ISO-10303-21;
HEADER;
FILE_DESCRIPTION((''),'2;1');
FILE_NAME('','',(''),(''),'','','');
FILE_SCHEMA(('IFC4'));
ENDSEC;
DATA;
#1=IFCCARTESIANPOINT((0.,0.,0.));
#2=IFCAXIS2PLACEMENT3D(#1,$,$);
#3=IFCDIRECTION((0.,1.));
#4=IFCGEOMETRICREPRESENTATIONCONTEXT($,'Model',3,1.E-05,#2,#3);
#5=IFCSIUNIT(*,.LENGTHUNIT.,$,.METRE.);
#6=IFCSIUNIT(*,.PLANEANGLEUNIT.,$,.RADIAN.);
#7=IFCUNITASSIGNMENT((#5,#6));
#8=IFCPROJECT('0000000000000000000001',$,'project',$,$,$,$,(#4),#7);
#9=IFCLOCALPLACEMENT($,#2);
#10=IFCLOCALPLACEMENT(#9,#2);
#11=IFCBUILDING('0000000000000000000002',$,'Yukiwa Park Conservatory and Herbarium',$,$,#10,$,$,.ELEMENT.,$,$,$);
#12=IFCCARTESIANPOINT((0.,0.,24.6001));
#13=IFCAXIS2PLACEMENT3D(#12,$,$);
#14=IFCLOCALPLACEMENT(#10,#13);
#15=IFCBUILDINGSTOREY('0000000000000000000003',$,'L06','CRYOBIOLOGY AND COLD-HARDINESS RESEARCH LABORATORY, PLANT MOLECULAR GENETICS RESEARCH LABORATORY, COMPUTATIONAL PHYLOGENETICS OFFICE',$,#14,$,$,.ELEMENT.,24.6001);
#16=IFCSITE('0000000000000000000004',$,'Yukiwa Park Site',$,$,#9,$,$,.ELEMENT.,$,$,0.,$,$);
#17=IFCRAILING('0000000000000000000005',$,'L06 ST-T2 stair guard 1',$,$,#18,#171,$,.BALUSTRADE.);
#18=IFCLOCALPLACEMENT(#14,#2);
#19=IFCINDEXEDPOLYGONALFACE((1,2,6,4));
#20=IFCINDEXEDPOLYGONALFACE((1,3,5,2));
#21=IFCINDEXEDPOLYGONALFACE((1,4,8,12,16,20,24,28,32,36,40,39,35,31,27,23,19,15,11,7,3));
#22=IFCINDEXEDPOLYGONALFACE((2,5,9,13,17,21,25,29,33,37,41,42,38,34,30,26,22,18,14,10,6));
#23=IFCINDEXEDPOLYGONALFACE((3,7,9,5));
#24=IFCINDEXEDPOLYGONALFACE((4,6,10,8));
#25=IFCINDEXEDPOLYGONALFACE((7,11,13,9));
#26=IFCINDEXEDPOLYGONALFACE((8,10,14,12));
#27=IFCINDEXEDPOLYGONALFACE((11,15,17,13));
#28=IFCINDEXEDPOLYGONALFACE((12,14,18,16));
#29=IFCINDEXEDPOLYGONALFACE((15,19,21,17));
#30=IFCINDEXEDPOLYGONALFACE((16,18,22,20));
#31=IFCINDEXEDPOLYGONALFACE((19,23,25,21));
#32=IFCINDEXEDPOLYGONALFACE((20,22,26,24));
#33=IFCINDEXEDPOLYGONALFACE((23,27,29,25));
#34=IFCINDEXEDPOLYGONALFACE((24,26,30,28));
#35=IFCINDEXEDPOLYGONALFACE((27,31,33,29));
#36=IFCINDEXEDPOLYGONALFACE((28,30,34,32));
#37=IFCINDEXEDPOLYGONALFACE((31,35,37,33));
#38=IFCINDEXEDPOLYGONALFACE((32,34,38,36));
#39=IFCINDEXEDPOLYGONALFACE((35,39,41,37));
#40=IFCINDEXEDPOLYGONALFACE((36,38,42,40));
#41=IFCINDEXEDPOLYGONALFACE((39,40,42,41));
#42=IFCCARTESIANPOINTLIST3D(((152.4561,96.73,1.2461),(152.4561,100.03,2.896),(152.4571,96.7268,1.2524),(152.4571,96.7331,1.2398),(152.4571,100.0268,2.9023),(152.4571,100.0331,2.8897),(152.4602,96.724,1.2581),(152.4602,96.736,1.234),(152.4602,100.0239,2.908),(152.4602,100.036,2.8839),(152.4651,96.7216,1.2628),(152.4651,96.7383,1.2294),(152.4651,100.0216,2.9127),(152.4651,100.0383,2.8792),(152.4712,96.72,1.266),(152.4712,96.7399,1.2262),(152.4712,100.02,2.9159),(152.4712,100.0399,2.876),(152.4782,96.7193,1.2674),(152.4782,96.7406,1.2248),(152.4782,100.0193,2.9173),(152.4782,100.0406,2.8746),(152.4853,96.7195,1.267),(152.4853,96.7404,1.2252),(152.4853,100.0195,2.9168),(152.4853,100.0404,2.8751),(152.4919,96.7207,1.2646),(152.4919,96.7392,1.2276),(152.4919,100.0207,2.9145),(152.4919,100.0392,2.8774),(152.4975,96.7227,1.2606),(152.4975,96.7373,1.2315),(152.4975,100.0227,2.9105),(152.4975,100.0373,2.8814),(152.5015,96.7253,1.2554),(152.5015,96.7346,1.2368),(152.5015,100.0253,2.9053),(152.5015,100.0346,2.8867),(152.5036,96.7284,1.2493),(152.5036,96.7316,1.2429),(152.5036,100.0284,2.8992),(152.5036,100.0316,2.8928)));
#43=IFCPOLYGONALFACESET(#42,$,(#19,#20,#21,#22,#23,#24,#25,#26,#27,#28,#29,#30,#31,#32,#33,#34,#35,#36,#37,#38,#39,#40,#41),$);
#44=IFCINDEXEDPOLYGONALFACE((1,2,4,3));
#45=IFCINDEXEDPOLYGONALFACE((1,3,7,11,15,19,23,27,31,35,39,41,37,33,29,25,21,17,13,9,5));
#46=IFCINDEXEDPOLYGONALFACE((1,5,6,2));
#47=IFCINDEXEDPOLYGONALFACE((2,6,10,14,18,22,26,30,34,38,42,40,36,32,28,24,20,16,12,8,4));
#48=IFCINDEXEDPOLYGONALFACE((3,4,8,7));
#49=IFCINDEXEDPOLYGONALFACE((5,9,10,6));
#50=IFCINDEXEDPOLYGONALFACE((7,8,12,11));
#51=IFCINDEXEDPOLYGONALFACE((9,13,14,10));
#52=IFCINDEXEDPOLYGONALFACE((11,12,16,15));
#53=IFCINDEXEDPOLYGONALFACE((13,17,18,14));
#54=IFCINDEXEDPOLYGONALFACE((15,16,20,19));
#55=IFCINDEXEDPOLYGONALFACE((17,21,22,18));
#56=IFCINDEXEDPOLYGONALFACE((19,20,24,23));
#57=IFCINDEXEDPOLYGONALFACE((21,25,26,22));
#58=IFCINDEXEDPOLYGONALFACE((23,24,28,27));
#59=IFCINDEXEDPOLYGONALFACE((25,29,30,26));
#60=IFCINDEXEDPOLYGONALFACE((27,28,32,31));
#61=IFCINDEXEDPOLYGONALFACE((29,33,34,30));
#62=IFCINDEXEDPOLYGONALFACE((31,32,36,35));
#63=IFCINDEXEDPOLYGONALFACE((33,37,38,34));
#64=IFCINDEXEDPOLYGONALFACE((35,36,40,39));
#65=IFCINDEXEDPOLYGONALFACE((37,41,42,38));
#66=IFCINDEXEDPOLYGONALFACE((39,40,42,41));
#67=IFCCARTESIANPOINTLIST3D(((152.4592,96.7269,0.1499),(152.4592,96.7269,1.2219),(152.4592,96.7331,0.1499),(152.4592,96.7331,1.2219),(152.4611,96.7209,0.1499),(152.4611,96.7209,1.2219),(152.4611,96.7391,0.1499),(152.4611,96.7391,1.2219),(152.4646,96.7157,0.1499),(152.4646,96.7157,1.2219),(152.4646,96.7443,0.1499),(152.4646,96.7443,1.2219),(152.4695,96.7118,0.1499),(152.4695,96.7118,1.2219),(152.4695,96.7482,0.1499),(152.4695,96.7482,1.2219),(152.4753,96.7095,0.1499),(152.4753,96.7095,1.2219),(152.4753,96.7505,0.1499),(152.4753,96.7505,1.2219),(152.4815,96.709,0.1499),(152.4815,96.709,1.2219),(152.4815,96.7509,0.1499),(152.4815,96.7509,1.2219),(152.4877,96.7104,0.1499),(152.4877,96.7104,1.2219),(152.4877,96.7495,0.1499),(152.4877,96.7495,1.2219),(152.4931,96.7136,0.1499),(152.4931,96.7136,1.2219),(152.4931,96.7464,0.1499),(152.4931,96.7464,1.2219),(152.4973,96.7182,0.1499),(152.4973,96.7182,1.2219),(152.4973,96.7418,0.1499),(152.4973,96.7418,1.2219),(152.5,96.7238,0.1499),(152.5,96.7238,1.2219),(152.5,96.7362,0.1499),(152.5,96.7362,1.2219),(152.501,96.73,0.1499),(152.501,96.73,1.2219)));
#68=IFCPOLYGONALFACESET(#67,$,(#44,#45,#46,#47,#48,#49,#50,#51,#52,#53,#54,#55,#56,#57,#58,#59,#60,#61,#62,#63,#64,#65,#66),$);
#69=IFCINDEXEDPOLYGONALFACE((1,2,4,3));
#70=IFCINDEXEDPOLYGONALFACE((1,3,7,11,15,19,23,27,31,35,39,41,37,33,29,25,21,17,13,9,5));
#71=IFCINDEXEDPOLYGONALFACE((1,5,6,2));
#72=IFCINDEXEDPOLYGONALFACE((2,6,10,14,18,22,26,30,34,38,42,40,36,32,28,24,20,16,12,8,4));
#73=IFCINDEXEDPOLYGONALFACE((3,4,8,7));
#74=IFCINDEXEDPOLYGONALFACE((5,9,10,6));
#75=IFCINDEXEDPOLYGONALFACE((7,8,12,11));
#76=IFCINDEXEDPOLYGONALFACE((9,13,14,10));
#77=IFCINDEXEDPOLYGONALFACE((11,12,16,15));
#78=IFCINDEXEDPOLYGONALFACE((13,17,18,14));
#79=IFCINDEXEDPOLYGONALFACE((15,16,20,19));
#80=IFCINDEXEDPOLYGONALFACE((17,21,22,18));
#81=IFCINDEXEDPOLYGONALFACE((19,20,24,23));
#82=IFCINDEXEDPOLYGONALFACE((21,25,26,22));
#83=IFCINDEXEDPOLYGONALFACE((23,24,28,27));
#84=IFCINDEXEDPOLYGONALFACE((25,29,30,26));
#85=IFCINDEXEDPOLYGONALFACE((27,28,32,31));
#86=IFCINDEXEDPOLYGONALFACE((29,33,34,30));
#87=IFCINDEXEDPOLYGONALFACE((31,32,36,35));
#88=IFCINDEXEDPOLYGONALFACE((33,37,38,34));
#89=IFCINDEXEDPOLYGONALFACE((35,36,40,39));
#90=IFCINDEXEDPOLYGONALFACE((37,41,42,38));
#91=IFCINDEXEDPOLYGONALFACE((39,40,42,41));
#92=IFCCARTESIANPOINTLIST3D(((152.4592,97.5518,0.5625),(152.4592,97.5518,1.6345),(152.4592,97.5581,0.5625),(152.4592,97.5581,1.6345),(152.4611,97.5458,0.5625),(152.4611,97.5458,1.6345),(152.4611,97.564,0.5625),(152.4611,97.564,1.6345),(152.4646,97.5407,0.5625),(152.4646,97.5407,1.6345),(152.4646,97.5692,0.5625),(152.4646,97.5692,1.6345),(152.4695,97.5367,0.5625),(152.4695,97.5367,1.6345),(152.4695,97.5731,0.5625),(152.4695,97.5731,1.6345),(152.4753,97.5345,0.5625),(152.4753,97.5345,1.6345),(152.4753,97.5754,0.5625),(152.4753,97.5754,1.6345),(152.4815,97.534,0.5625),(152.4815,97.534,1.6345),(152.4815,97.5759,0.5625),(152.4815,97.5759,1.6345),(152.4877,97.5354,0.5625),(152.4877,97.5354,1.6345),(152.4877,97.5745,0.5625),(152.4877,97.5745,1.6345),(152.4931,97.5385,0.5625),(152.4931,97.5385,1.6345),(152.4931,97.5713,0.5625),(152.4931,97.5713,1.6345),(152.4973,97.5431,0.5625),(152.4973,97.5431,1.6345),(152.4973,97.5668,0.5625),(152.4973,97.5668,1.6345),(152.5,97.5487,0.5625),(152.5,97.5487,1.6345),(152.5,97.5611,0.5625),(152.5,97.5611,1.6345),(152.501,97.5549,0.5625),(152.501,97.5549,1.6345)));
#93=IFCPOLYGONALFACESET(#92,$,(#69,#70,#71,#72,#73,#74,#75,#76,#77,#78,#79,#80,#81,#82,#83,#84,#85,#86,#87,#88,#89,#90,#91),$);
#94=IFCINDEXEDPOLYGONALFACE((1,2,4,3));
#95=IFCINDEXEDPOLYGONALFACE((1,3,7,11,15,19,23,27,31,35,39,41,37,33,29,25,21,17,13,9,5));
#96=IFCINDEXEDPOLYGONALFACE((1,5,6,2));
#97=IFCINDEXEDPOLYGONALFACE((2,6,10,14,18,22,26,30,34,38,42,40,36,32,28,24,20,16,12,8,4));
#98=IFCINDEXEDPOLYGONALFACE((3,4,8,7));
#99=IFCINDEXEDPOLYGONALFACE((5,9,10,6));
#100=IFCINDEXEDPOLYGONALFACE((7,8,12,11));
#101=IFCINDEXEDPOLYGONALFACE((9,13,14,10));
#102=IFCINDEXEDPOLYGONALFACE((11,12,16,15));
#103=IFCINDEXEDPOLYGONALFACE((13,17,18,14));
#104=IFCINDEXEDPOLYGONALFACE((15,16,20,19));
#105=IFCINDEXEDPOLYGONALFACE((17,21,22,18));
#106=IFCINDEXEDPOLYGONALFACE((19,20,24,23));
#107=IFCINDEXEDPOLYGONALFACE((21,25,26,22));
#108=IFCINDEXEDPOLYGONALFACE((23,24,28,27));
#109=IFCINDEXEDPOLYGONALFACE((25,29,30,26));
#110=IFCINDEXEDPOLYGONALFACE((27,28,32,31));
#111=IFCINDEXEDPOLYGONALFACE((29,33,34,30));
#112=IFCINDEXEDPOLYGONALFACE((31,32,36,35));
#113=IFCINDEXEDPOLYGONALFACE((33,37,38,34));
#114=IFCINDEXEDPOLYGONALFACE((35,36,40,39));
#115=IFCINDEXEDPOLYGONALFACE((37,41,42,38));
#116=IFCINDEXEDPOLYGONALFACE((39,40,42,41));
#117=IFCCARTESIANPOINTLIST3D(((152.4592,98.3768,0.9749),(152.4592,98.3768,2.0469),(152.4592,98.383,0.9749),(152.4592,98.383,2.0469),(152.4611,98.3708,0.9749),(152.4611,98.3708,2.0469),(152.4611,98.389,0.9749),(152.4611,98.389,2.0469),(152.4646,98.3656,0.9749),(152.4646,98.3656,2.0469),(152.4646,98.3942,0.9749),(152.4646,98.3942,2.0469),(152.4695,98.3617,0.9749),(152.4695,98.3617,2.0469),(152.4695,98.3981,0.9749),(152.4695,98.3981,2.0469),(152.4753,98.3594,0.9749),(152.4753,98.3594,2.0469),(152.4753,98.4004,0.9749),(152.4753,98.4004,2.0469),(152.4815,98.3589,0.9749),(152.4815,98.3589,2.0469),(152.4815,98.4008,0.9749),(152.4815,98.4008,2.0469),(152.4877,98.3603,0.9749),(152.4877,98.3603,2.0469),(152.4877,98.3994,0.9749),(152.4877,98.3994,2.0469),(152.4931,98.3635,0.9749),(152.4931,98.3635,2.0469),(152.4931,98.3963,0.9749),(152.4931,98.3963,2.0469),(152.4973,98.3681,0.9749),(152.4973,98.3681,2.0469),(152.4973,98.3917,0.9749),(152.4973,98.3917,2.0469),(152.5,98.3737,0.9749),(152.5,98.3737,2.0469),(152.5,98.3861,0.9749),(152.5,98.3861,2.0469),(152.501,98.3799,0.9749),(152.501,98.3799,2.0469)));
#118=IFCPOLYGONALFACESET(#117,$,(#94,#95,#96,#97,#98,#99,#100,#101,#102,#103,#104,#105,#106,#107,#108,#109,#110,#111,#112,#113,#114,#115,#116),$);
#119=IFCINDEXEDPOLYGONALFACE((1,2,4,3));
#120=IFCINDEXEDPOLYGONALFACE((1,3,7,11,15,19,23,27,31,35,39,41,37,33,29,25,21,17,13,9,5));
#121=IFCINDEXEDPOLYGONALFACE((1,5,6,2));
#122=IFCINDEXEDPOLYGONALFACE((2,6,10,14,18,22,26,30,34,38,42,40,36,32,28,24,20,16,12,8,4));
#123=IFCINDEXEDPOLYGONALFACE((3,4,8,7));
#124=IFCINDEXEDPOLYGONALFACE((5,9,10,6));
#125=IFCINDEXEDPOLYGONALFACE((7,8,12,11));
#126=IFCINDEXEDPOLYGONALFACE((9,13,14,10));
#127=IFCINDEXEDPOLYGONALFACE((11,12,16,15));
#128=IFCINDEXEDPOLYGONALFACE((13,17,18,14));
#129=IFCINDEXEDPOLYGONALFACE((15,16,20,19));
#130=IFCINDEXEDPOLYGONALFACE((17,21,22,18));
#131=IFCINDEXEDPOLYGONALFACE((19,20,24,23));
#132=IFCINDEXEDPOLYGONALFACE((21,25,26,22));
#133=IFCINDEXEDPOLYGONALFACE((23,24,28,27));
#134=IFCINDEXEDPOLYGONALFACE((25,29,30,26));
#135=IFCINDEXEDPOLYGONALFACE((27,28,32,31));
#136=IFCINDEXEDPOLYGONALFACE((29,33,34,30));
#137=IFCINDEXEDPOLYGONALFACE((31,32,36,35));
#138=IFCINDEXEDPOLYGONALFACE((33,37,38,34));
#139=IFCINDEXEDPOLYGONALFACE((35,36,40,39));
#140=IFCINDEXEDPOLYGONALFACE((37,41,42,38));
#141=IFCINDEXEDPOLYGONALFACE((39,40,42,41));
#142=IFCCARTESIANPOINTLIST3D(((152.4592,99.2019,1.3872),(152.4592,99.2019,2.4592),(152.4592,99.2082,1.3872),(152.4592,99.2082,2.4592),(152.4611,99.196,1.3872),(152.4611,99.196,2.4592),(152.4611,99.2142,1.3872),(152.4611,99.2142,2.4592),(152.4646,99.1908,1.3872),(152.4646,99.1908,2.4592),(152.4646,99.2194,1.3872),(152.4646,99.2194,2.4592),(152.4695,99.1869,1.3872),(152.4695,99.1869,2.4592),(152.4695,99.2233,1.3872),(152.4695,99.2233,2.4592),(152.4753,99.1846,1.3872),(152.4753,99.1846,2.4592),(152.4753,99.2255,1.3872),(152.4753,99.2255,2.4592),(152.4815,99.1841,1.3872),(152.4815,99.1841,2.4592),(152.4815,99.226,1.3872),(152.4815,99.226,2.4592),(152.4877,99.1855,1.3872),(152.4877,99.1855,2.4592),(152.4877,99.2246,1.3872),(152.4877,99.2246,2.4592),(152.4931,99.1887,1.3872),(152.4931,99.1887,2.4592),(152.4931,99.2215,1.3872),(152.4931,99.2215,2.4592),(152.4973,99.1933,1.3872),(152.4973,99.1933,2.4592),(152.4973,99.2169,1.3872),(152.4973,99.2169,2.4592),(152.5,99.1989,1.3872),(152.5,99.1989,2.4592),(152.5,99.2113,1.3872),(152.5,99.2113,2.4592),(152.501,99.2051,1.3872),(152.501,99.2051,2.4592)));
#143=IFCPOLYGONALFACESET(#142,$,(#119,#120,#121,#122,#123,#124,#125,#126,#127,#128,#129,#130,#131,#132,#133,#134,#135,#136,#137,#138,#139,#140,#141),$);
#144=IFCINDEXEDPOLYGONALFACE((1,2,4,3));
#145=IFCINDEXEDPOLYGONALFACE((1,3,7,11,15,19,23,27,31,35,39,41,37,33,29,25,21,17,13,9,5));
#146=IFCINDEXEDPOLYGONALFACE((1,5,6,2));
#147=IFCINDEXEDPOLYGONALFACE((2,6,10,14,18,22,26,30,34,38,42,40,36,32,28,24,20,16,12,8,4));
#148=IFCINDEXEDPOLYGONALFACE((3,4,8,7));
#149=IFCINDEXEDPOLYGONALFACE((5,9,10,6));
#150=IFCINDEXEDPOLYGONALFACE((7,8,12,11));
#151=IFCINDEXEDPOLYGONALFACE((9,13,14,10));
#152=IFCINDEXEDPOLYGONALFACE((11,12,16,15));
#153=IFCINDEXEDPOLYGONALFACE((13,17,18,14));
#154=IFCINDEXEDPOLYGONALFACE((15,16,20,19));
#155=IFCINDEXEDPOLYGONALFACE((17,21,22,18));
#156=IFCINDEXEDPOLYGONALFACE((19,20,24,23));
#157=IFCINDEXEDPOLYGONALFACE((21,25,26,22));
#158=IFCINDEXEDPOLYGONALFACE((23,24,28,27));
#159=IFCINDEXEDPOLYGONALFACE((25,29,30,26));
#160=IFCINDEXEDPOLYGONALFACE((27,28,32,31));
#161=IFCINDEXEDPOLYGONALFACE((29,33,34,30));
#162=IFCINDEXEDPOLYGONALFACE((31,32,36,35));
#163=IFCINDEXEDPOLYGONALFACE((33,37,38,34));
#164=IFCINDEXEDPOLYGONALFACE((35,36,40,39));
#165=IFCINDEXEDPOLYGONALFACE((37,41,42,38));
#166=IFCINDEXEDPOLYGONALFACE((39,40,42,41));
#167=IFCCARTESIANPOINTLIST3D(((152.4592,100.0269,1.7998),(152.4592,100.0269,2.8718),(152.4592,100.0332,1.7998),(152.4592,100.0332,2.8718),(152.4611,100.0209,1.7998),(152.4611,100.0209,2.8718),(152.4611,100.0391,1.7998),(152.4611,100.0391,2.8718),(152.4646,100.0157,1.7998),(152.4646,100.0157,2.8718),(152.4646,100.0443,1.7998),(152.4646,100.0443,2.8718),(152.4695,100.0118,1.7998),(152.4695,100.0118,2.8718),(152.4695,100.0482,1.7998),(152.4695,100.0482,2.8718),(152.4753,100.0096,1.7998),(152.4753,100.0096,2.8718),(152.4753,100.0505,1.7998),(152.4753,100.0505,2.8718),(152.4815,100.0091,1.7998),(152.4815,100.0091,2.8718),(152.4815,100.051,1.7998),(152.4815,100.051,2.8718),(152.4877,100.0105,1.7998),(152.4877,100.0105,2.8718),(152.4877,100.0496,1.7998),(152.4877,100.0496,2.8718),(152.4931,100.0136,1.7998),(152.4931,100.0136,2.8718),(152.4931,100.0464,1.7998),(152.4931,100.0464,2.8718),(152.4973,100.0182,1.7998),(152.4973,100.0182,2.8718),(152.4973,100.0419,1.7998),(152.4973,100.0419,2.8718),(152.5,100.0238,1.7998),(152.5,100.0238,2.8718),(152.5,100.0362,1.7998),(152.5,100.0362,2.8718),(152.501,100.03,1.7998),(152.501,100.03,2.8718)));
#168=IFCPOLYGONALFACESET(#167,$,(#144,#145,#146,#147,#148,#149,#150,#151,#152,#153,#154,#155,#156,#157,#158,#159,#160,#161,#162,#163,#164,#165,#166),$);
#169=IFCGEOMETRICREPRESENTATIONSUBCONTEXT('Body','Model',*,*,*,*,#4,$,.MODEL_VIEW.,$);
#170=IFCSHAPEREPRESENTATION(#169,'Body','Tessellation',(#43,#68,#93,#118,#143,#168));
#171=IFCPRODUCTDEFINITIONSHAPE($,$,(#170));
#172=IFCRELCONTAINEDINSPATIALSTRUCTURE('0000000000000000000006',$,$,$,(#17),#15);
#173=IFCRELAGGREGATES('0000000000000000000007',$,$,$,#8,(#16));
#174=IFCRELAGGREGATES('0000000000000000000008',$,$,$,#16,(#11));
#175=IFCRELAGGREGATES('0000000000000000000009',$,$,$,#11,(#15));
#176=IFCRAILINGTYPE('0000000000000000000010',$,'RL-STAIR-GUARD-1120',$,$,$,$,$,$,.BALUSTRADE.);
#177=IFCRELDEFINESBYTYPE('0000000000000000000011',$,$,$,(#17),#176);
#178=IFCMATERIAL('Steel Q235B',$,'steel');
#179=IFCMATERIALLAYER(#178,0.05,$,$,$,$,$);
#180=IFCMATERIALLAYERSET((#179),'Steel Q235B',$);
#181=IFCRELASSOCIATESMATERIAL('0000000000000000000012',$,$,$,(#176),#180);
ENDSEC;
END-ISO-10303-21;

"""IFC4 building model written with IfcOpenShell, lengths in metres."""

from ifc_helpers import new_model, si_unit, direction, frame, origin, origin_2d, place, context, subcontext, project, spatial, circle, extrude, material, layer, layer_set, type_object, element, save


model = new_model("IFC4")

# Units and contexts
model_context = context("Model", 3, precision=1e-05, world=origin(), true_north=direction((0.0, 1.0)))
body_context = subcontext(model_context, "Body", "Model", "MODEL_VIEW")
ifc_project = project(units=[si_unit("LENGTHUNIT", "METRE"), si_unit("PLANEANGLEUNIT", "RADIAN")], contexts=[model_context])

# Site, building, storey
site_placement = place(None, origin())
site = spatial("IfcSite", under=ifc_project, at=site_placement, Name="Yukiwa Park Site", CompositionType="ELEMENT", RefElevation=0.0)
building_placement = place(site_placement, origin())
building = spatial("IfcBuilding", under=site, at=building_placement, Name="Yukiwa Park Conservatory and Herbarium", CompositionType="ELEMENT")
storey_placement = place(building_placement, frame((0.0, 0.0, 24.6001)))
storey = spatial("IfcBuildingStorey", under=building, at=storey_placement, Name="L06", Description="CRYOBIOLOGY AND COLD-HARDINESS RESEARCH LABORATORY, PLANT MOLECULAR GENETICS RESEARCH LABORATORY, COMPUTATIONAL PHYLOGENETICS OFFICE", CompositionType="ELEMENT", Elevation=24.6001)

# Railing
ifc_material_1 = material(Name="Steel Q235B", Category="steel")
ifc_layer_1 = layer(ifc_material_1, 0.05)
ifc_layer_set_1 = layer_set([ifc_layer_1], Name="Steel Q235B")
railing_type_1 = type_object("IfcRailingType", Name="RL-STAIR-GUARD-1120", PredefinedType="BALUSTRADE", material=ifc_layer_set_1)
railing_1_placement = place(storey_placement, frame((152.48, 96.73, 0.1499)))
element("IfcRailing", 1, at=railing_1_placement, inside=storey, type_object=railing_type_1, Name="L06 ST-T2 stair guard 1", PredefinedType="BALUSTRADE", context=body_context, shape_type="SweptSolid", body=[
    extrude(circle(Radius=0.0239, at=origin_2d()), frame((0.0, 0.0, 1.0962), z_axis=(0.0, 0.89444, 0.447187), x_axis=(-1.0, 0.0, 0.0)), (0.0, 0.0, 1.0), 3.6895),
    extrude(circle(Radius=0.021, at=origin_2d()), origin(), (0.0, 0.0, 1.0), 1.072),
    extrude(circle(Radius=0.021, at=origin_2d()), frame((0.0, 0.825, 0.4126)), (0.0, 0.0, 1.0), 1.072),
    extrude(circle(Radius=0.021, at=origin_2d()), frame((0.0, 1.6499, 0.825)), (0.0, 0.0, 1.0), 1.072),
    extrude(circle(Radius=0.021, at=origin_2d()), frame((0.0, 2.4751, 1.2373)), (0.0, 0.0, 1.0), 1.072),
    extrude(circle(Radius=0.021, at=origin_2d()), frame((0.0, 3.3, 1.6499)), (0.0, 0.0, 1.0), 1.072),
])

save(model, "model.ifc")
